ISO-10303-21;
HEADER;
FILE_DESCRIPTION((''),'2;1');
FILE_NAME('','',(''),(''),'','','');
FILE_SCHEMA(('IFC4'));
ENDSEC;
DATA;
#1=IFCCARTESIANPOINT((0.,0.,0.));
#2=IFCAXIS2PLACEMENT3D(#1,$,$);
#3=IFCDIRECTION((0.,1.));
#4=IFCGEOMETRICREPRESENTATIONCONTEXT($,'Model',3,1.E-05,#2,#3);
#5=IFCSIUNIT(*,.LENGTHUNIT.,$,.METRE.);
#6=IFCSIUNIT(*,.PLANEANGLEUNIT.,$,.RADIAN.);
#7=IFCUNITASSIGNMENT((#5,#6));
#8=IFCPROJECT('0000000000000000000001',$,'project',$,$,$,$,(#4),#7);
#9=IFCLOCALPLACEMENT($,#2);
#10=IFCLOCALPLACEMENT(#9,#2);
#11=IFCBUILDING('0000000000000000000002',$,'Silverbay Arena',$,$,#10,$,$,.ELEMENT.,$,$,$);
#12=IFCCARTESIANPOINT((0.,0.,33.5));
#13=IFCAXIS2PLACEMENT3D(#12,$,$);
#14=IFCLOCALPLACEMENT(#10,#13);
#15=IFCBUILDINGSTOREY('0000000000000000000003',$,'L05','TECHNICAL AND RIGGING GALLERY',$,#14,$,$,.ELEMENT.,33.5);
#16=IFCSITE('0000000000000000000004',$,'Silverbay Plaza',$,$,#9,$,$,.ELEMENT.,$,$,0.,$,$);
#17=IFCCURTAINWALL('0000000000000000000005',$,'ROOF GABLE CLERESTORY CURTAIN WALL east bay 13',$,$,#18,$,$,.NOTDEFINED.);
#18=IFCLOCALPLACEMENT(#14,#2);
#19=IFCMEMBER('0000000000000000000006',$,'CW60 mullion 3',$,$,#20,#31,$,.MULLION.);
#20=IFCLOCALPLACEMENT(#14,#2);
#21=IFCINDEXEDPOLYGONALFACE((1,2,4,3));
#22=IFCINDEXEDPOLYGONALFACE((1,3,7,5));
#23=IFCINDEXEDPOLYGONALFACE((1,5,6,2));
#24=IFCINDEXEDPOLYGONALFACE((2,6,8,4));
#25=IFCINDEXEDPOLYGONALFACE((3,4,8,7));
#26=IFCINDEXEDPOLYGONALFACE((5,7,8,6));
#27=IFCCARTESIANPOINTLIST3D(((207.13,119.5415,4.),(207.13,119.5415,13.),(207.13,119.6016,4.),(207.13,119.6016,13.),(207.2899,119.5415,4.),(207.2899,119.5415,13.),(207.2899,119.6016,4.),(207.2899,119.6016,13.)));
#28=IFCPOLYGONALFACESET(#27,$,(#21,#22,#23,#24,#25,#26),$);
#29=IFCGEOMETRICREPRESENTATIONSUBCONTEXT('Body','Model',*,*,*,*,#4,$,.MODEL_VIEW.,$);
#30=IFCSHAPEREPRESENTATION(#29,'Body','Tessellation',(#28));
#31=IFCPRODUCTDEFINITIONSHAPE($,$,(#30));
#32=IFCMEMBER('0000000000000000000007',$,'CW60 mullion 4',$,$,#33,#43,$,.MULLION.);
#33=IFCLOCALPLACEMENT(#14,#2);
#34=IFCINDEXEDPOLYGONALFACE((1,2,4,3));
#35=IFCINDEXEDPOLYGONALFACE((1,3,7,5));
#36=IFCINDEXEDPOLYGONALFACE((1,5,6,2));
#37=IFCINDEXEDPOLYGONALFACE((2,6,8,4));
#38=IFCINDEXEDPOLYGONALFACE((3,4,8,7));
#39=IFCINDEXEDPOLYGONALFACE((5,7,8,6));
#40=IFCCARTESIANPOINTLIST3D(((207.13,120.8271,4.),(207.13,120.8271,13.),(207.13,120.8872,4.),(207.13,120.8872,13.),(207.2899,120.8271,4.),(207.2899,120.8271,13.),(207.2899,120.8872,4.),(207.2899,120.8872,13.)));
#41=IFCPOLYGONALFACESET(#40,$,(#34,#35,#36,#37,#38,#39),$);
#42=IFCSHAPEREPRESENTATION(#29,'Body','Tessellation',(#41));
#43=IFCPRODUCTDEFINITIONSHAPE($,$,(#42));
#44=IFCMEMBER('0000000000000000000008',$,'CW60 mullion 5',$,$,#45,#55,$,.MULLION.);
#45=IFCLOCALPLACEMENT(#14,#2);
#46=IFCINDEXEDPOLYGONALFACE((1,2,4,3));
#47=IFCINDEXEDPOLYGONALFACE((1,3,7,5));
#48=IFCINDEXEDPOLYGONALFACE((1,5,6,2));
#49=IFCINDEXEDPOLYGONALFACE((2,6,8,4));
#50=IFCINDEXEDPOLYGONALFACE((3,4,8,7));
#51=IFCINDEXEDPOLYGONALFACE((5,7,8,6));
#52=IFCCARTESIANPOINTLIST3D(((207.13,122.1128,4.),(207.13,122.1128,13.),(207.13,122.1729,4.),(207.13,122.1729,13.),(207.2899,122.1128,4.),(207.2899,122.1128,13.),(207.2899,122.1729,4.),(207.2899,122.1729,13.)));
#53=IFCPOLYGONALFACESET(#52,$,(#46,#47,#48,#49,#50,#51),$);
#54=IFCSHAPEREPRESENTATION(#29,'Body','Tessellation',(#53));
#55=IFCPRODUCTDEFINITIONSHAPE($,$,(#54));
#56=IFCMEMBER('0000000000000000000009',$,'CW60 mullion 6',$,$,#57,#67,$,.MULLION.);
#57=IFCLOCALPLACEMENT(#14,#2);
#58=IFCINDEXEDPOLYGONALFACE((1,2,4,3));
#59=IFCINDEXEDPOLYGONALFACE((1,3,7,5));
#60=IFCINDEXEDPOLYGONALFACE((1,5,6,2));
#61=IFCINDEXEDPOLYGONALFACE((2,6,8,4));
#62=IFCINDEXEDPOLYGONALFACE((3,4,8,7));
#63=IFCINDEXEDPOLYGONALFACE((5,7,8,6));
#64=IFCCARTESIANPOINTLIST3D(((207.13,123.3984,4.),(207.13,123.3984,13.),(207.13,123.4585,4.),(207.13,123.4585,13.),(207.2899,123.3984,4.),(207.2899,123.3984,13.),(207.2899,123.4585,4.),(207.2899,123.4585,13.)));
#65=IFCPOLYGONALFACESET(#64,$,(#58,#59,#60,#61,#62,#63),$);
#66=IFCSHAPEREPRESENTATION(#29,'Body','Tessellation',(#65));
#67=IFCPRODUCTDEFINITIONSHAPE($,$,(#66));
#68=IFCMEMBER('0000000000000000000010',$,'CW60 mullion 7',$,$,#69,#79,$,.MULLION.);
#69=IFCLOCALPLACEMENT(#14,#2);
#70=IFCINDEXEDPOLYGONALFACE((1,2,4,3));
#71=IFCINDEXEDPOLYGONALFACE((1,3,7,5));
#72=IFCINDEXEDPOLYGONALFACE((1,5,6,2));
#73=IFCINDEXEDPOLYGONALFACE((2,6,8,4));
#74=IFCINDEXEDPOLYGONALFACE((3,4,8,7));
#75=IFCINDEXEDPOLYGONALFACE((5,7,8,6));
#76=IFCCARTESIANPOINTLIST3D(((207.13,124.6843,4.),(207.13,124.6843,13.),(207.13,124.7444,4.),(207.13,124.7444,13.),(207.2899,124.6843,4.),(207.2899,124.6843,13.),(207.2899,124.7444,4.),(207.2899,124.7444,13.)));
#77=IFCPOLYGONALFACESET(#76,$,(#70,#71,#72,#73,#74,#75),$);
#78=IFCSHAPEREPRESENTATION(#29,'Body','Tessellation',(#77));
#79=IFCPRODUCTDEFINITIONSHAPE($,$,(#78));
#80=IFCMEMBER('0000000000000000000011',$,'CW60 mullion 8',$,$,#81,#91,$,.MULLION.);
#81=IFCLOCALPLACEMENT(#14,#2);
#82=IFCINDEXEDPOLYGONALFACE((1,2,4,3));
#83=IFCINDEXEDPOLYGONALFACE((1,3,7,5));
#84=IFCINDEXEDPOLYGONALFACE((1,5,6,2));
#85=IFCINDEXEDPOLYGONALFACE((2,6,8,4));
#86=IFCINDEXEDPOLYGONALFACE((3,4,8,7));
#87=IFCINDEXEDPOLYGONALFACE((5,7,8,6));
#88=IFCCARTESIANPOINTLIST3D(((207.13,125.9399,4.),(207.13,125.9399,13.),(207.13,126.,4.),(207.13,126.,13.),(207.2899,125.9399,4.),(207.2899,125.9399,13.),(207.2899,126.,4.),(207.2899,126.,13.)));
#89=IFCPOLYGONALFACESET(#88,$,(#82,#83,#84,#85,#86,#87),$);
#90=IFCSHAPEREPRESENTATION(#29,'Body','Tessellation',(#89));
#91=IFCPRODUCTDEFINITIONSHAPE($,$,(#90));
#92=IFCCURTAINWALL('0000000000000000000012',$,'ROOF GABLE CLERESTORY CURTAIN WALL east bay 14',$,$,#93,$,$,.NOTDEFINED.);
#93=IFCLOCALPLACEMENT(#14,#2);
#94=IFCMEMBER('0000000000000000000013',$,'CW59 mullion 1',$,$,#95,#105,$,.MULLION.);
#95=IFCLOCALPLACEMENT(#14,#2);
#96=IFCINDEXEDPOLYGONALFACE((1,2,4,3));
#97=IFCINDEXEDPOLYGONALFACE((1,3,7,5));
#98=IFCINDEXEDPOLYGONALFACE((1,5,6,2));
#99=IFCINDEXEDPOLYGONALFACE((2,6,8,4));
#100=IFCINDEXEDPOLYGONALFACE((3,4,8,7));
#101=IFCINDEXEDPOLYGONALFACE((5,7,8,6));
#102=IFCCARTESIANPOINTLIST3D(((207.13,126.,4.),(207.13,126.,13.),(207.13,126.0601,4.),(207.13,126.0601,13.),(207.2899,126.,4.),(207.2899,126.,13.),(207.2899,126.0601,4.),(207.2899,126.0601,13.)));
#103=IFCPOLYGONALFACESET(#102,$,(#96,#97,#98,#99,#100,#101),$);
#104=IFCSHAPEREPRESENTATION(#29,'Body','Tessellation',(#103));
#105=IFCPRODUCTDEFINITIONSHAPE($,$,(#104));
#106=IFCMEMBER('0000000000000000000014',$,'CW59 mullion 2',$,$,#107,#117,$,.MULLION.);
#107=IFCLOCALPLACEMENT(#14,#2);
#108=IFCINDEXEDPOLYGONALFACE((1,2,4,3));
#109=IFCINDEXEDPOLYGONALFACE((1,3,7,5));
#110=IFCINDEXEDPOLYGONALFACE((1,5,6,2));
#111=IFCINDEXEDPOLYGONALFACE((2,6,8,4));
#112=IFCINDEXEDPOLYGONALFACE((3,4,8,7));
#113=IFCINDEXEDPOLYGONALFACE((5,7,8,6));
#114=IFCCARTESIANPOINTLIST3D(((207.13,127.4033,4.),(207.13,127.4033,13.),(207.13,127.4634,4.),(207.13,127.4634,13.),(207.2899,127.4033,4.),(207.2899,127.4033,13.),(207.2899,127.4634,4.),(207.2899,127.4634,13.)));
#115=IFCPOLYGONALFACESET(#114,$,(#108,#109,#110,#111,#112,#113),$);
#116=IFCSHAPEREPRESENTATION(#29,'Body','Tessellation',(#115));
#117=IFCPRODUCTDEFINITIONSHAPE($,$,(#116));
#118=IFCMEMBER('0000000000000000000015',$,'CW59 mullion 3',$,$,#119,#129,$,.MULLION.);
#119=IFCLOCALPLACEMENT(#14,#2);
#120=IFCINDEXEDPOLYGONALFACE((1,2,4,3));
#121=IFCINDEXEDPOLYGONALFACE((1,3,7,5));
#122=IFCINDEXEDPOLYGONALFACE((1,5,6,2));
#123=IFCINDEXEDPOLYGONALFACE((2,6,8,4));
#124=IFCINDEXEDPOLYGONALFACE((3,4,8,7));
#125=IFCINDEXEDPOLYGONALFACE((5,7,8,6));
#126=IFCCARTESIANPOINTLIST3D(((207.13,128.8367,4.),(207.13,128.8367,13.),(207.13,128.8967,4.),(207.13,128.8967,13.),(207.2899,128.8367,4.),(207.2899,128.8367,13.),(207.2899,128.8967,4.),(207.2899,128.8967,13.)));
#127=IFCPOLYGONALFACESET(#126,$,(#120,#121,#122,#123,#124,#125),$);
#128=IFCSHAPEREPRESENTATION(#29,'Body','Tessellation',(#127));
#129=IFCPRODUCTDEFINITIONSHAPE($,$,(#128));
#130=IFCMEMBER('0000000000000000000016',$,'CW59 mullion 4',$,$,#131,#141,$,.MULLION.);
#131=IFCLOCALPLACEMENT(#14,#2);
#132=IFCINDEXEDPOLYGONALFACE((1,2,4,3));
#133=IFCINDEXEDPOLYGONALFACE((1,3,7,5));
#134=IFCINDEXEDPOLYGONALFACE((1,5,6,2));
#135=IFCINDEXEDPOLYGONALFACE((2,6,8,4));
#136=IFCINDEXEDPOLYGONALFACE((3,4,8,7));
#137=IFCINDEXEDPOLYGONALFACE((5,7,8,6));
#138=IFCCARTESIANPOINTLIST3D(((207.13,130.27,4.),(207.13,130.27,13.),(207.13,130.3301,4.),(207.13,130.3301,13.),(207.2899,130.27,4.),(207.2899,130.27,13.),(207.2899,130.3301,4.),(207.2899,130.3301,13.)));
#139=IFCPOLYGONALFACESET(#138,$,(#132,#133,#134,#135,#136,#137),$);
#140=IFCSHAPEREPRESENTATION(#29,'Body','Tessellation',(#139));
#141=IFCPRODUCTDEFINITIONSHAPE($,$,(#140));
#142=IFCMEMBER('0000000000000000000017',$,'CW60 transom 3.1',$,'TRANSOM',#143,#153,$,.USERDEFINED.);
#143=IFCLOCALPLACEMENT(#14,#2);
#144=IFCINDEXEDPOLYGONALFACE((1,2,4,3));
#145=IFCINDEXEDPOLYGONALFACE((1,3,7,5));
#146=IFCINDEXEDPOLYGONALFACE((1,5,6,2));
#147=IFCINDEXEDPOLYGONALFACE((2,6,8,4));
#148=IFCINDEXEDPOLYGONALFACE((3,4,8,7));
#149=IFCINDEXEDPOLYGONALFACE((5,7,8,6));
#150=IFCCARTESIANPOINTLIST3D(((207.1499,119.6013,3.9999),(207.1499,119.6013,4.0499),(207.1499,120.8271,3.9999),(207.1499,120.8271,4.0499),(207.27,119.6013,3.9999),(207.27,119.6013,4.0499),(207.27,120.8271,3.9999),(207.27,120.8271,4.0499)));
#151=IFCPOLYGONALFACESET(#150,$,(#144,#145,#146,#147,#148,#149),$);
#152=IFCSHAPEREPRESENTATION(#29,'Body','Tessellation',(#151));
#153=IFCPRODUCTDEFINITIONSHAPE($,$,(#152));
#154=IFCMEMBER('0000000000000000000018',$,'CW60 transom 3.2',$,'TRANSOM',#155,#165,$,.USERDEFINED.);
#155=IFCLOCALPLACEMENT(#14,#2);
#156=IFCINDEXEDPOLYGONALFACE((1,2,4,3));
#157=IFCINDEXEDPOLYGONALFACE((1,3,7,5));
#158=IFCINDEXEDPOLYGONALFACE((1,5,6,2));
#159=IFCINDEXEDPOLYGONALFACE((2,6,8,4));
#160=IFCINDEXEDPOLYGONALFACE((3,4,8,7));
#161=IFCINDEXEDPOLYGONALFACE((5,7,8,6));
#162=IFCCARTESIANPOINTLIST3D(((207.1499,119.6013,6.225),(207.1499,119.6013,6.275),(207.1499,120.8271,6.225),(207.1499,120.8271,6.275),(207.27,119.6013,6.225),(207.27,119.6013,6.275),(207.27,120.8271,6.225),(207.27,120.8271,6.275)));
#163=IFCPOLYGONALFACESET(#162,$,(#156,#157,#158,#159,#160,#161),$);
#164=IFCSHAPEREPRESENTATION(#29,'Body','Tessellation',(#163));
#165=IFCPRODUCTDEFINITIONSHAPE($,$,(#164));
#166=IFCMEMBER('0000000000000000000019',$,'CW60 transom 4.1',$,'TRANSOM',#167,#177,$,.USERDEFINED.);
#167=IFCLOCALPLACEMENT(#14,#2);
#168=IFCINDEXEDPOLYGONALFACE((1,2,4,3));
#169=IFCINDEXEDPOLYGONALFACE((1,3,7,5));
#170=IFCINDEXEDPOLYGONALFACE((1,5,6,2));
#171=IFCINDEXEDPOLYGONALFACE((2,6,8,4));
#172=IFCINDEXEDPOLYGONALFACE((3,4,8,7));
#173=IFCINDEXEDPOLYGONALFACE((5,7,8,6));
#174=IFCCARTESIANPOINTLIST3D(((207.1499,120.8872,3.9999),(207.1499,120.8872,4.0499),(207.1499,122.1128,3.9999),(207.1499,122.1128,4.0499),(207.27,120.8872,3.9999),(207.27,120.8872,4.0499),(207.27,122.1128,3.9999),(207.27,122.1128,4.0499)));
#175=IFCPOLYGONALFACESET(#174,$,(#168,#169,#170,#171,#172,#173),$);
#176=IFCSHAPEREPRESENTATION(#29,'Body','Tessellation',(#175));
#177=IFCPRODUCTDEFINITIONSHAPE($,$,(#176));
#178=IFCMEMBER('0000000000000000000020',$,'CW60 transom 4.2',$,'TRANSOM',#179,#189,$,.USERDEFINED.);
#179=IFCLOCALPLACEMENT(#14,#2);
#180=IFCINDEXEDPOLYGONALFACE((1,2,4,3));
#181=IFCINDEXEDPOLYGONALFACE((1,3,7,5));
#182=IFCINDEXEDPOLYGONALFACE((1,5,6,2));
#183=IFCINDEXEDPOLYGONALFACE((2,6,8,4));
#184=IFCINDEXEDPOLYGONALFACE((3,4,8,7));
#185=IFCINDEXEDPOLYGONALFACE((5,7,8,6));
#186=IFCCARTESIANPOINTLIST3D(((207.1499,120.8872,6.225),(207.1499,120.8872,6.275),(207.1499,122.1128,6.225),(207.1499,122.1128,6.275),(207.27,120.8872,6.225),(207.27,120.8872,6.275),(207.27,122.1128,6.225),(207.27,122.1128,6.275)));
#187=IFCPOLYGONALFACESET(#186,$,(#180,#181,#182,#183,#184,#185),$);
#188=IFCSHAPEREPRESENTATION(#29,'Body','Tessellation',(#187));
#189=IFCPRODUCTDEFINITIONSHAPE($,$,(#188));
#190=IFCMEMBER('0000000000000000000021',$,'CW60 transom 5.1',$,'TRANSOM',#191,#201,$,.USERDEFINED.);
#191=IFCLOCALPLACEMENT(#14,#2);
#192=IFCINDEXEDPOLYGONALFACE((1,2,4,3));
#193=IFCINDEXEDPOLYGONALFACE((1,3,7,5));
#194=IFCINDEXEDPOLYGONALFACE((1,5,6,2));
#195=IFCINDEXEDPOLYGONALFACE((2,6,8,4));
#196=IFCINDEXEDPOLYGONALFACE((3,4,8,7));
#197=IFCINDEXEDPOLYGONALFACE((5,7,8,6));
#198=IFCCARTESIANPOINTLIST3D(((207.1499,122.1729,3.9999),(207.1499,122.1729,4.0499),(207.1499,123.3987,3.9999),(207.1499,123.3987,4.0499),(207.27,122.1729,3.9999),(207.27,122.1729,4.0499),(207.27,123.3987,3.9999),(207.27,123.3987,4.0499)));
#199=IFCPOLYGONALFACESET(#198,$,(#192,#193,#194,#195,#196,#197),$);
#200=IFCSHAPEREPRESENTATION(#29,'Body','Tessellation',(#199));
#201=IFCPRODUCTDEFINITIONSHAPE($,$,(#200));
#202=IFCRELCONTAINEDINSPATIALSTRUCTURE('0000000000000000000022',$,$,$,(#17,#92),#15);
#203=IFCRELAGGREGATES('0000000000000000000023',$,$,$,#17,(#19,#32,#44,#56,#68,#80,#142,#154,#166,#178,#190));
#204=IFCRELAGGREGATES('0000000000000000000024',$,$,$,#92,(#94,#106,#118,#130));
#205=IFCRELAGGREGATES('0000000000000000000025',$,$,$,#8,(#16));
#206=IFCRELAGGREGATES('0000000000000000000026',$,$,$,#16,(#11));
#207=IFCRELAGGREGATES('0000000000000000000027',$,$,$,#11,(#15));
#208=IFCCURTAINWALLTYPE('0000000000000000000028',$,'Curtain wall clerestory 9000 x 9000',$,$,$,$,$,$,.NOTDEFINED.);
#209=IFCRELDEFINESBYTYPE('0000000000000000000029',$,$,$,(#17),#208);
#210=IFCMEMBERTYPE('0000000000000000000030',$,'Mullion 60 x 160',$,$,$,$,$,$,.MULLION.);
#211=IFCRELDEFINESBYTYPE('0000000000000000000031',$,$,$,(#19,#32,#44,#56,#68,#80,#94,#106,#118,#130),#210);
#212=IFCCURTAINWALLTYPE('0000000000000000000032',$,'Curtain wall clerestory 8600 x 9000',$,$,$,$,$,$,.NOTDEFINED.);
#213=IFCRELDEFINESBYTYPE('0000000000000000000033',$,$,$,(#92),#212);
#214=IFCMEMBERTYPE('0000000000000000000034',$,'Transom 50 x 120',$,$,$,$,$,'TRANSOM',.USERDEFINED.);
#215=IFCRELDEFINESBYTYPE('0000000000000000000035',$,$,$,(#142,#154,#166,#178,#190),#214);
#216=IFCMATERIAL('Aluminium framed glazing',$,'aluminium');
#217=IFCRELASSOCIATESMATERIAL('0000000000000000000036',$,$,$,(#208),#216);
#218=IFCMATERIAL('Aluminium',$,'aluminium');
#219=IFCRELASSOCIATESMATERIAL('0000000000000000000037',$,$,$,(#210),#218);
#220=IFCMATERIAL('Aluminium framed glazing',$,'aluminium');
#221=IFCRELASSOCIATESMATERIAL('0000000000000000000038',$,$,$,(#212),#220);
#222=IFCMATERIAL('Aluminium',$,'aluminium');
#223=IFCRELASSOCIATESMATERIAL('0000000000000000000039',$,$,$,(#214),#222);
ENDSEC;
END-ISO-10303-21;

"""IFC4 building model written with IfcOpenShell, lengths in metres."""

from ifc_helpers import new_model, si_unit, direction, frame, origin, origin_2d, place, context, subcontext, project, spatial, rectangle, extrude, material, material_profile, profile_set, type_object, element, aggregate, save


model = new_model("IFC4")

# Units and contexts
model_context = context("Model", 3, precision=1e-05, world=origin(), true_north=direction((0.0, 1.0)))
body_context = subcontext(model_context, "Body", "Model", "MODEL_VIEW")
ifc_project = project(units=[si_unit("LENGTHUNIT", "METRE"), si_unit("PLANEANGLEUNIT", "RADIAN")], contexts=[model_context])

# Site, building, storey
site_placement = place(None, origin())
site = spatial("IfcSite", under=ifc_project, at=site_placement, Name="Silverbay Plaza", CompositionType="ELEMENT", RefElevation=0.0)
building_placement = place(site_placement, origin())
building = spatial("IfcBuilding", under=site, at=building_placement, Name="Silverbay Arena", CompositionType="ELEMENT")
storey_placement = place(building_placement, frame((0.0, 0.0, 33.5)))
storey = spatial("IfcBuildingStorey", under=building, at=storey_placement, Name="L05", Description="TECHNICAL AND RIGGING GALLERY", CompositionType="ELEMENT", Elevation=33.5)

# Curtain walls, members
ifc_material_1 = material(Name="Aluminium framed glazing", Category="aluminium")
curtain_wall_type_1 = type_object("IfcCurtainWallType", Name="Curtain wall clerestory 9000 x 9000", PredefinedType="NOTDEFINED", material=ifc_material_1)
curtain_wall_1_placement = place(storey_placement, origin())
curtain_wall_1 = element("IfcCurtainWall", 1, at=curtain_wall_1_placement, inside=storey, type_object=curtain_wall_type_1, Name="ROOF GABLE CLERESTORY CURTAIN WALL east bay 13", PredefinedType="NOTDEFINED")
ifc_material_2 = material(Name="Aluminium", Category="aluminium")
ifc_material_profile_1 = material_profile(ifc_material_2, rectangle(XDim=0.1599, YDim=0.0601, at=origin_2d()), Name="Mullion 60 x 160")
ifc_profile_set_1 = profile_set([ifc_material_profile_1], Name="Aluminium")
member_type_1 = type_object("IfcMemberType", Name="Mullion 60 x 160", PredefinedType="MULLION", material=ifc_profile_set_1)
member_1_placement = place(storey_placement, frame((207.21, 119.5715, 4.0), z_axis=(0.0, 0.0, 1.0), x_axis=(-1.0, 0.0, 0.0)))
member_1 = element("IfcMember", 2, at=member_1_placement, type_object=member_type_1, Name="CW60 mullion 3", PredefinedType="MULLION", context=body_context, shape_type="SweptSolid", body=[
    extrude(rectangle(XDim=0.1599, YDim=0.0601, at=origin_2d()), origin(), (0.0, 0.0, 1.0), 9.0),
])
member_2_placement = place(storey_placement, frame((207.21, 120.8572, 4.0), z_axis=(0.0, 0.0, 1.0), x_axis=(-1.0, 0.0, 0.0)))
member_2 = element("IfcMember", 3, at=member_2_placement, type_object=member_type_1, Name="CW60 mullion 4", PredefinedType="MULLION", context=body_context, shape_type="SweptSolid", body=[
    extrude(rectangle(XDim=0.1599, YDim=0.0601, at=origin_2d()), origin(), (0.0, 0.0, 1.0), 9.0),
])
member_3_placement = place(storey_placement, frame((207.21, 122.1428, 4.0), z_axis=(0.0, 0.0, 1.0), x_axis=(-1.0, 0.0, 0.0)))
member_3 = element("IfcMember", 4, at=member_3_placement, type_object=member_type_1, Name="CW60 mullion 5", PredefinedType="MULLION", context=body_context, shape_type="SweptSolid", body=[
    extrude(rectangle(XDim=0.1599, YDim=0.0601, at=origin_2d()), origin(), (0.0, 0.0, 1.0), 9.0),
])
member_4_placement = place(storey_placement, frame((207.21, 123.4285, 4.0), z_axis=(0.0, 0.0, 1.0), x_axis=(-1.0, 0.0, 0.0)))
member_4 = element("IfcMember", 5, at=member_4_placement, type_object=member_type_1, Name="CW60 mullion 6", PredefinedType="MULLION", context=body_context, shape_type="SweptSolid", body=[
    extrude(rectangle(XDim=0.1599, YDim=0.0601, at=origin_2d()), origin(), (0.0, 0.0, 1.0), 9.0),
])
member_5_placement = place(storey_placement, frame((207.21, 124.7144, 4.0), z_axis=(0.0, 0.0, 1.0), x_axis=(-1.0, 0.0, 0.0)))
member_5 = element("IfcMember", 6, at=member_5_placement, type_object=member_type_1, Name="CW60 mullion 7", PredefinedType="MULLION", context=body_context, shape_type="SweptSolid", body=[
    extrude(rectangle(XDim=0.1599, YDim=0.0601, at=origin_2d()), origin(), (0.0, 0.0, 1.0), 9.0),
])
member_6_placement = place(storey_placement, frame((207.21, 125.97, 4.0), z_axis=(0.0, 0.0, 1.0), x_axis=(-1.0, 0.0, 0.0)))
member_6 = element("IfcMember", 7, at=member_6_placement, type_object=member_type_1, Name="CW60 mullion 8", PredefinedType="MULLION", context=body_context, shape_type="SweptSolid", body=[
    extrude(rectangle(XDim=0.1599, YDim=0.0601, at=origin_2d()), origin(), (0.0, 0.0, 1.0), 9.0),
])
ifc_material_3 = material(Name="Aluminium framed glazing", Category="aluminium")
curtain_wall_type_2 = type_object("IfcCurtainWallType", Name="Curtain wall clerestory 8600 x 9000", PredefinedType="NOTDEFINED", material=ifc_material_3)
curtain_wall_2_placement = place(storey_placement, origin())
curtain_wall_2 = element("IfcCurtainWall", 8, at=curtain_wall_2_placement, inside=storey, type_object=curtain_wall_type_2, Name="ROOF GABLE CLERESTORY CURTAIN WALL east bay 14", PredefinedType="NOTDEFINED")
member_7_placement = place(storey_placement, frame((207.21, 126.03, 4.0), z_axis=(0.0, 0.0, 1.0), x_axis=(-1.0, 0.0, 0.0)))
member_7 = element("IfcMember", 9, at=member_7_placement, type_object=member_type_1, Name="CW59 mullion 1", PredefinedType="MULLION", context=body_context, shape_type="SweptSolid", body=[
    extrude(rectangle(XDim=0.1599, YDim=0.0601, at=origin_2d()), origin(), (0.0, 0.0, 1.0), 9.0),
])
member_8_placement = place(storey_placement, frame((207.21, 127.4333, 4.0), z_axis=(0.0, 0.0, 1.0), x_axis=(-1.0, 0.0, 0.0)))
member_8 = element("IfcMember", 10, at=member_8_placement, type_object=member_type_1, Name="CW59 mullion 2", PredefinedType="MULLION", context=body_context, shape_type="SweptSolid", body=[
    extrude(rectangle(XDim=0.1599, YDim=0.0601, at=origin_2d()), origin(), (0.0, 0.0, 1.0), 9.0),
])
member_9_placement = place(storey_placement, frame((207.21, 128.8667, 4.0), z_axis=(0.0, 0.0, 1.0), x_axis=(-1.0, 0.0, 0.0)))
member_9 = element("IfcMember", 11, at=member_9_placement, type_object=member_type_1, Name="CW59 mullion 3", PredefinedType="MULLION", context=body_context, shape_type="SweptSolid", body=[
    extrude(rectangle(XDim=0.1599, YDim=0.0601, at=origin_2d()), origin(), (0.0, 0.0, 1.0), 9.0),
])
member_10_placement = place(storey_placement, frame((207.21, 130.3, 4.0), z_axis=(0.0, 0.0, 1.0), x_axis=(-1.0, 0.0, 0.0)))
member_10 = element("IfcMember", 12, at=member_10_placement, type_object=member_type_1, Name="CW59 mullion 4", PredefinedType="MULLION", context=body_context, shape_type="SweptSolid", body=[
    extrude(rectangle(XDim=0.1599, YDim=0.0601, at=origin_2d()), origin(), (0.0, 0.0, 1.0), 9.0),
])

# Members
ifc_material_4 = material(Name="Aluminium", Category="aluminium")
ifc_material_profile_2 = material_profile(ifc_material_4, rectangle(XDim=0.1201, YDim=0.05, at=origin_2d()), Name="Transom 50 x 120")
ifc_profile_set_2 = profile_set([ifc_material_profile_2], Name="Aluminium")
member_type_2 = type_object("IfcMemberType", Name="Transom 50 x 120", ElementType="TRANSOM", PredefinedType="USERDEFINED", material=ifc_profile_set_2)
member_11_placement = place(storey_placement, frame((207.21, 119.6013, 4.0249), z_axis=(0.0, 1.0, 0.0), x_axis=(-1.0, 0.0, 0.0)))
member_11 = element("IfcMember", 13, at=member_11_placement, type_object=member_type_2, Name="CW60 transom 3.1", ObjectType="TRANSOM", PredefinedType="USERDEFINED", context=body_context, shape_type="SweptSolid", body=[
    extrude(rectangle(XDim=0.1201, YDim=0.05, at=origin_2d()), origin(), (0.0, 0.0, 1.0), 1.2258),
])
member_12_placement = place(storey_placement, frame((207.21, 119.6013, 6.25), z_axis=(0.0, 1.0, 0.0), x_axis=(-1.0, 0.0, 0.0)))
member_12 = element("IfcMember", 14, at=member_12_placement, type_object=member_type_2, Name="CW60 transom 3.2", ObjectType="TRANSOM", PredefinedType="USERDEFINED", context=body_context, shape_type="SweptSolid", body=[
    extrude(rectangle(XDim=0.1201, YDim=0.05, at=origin_2d()), origin(), (0.0, 0.0, 1.0), 1.2258),
])
member_13_placement = place(storey_placement, frame((207.21, 120.8872, 4.0249), z_axis=(0.0, 1.0, 0.0), x_axis=(-1.0, 0.0, 0.0)))
member_13 = element("IfcMember", 15, at=member_13_placement, type_object=member_type_2, Name="CW60 transom 4.1", ObjectType="TRANSOM", PredefinedType="USERDEFINED", context=body_context, shape_type="SweptSolid", body=[
    extrude(rectangle(XDim=0.1201, YDim=0.05, at=origin_2d()), origin(), (0.0, 0.0, 1.0), 1.2256),
])
member_14_placement = place(storey_placement, frame((207.21, 120.8872, 6.25), z_axis=(0.0, 1.0, 0.0), x_axis=(-1.0, 0.0, 0.0)))
member_14 = element("IfcMember", 16, at=member_14_placement, type_object=member_type_2, Name="CW60 transom 4.2", ObjectType="TRANSOM", PredefinedType="USERDEFINED", context=body_context, shape_type="SweptSolid", body=[
    extrude(rectangle(XDim=0.1201, YDim=0.05, at=origin_2d()), origin(), (0.0, 0.0, 1.0), 1.2256),
])
member_15_placement = place(storey_placement, frame((207.21, 122.1729, 4.0249), z_axis=(0.0, 1.0, 0.0), x_axis=(-1.0, 0.0, 0.0)))
member_15 = element("IfcMember", 17, at=member_15_placement, type_object=member_type_2, Name="CW60 transom 5.1", ObjectType="TRANSOM", PredefinedType="USERDEFINED", context=body_context, shape_type="SweptSolid", body=[
    extrude(rectangle(XDim=0.1201, YDim=0.05, at=origin_2d()), origin(), (0.0, 0.0, 1.0), 1.2258),
])
aggregate(curtain_wall_1, [member_1, member_2, member_3, member_4, member_5, member_6, member_11, member_12, member_13, member_14, member_15])

aggregate(curtain_wall_2, [member_7, member_8, member_9, member_10])

save(model, "model.ifc")
